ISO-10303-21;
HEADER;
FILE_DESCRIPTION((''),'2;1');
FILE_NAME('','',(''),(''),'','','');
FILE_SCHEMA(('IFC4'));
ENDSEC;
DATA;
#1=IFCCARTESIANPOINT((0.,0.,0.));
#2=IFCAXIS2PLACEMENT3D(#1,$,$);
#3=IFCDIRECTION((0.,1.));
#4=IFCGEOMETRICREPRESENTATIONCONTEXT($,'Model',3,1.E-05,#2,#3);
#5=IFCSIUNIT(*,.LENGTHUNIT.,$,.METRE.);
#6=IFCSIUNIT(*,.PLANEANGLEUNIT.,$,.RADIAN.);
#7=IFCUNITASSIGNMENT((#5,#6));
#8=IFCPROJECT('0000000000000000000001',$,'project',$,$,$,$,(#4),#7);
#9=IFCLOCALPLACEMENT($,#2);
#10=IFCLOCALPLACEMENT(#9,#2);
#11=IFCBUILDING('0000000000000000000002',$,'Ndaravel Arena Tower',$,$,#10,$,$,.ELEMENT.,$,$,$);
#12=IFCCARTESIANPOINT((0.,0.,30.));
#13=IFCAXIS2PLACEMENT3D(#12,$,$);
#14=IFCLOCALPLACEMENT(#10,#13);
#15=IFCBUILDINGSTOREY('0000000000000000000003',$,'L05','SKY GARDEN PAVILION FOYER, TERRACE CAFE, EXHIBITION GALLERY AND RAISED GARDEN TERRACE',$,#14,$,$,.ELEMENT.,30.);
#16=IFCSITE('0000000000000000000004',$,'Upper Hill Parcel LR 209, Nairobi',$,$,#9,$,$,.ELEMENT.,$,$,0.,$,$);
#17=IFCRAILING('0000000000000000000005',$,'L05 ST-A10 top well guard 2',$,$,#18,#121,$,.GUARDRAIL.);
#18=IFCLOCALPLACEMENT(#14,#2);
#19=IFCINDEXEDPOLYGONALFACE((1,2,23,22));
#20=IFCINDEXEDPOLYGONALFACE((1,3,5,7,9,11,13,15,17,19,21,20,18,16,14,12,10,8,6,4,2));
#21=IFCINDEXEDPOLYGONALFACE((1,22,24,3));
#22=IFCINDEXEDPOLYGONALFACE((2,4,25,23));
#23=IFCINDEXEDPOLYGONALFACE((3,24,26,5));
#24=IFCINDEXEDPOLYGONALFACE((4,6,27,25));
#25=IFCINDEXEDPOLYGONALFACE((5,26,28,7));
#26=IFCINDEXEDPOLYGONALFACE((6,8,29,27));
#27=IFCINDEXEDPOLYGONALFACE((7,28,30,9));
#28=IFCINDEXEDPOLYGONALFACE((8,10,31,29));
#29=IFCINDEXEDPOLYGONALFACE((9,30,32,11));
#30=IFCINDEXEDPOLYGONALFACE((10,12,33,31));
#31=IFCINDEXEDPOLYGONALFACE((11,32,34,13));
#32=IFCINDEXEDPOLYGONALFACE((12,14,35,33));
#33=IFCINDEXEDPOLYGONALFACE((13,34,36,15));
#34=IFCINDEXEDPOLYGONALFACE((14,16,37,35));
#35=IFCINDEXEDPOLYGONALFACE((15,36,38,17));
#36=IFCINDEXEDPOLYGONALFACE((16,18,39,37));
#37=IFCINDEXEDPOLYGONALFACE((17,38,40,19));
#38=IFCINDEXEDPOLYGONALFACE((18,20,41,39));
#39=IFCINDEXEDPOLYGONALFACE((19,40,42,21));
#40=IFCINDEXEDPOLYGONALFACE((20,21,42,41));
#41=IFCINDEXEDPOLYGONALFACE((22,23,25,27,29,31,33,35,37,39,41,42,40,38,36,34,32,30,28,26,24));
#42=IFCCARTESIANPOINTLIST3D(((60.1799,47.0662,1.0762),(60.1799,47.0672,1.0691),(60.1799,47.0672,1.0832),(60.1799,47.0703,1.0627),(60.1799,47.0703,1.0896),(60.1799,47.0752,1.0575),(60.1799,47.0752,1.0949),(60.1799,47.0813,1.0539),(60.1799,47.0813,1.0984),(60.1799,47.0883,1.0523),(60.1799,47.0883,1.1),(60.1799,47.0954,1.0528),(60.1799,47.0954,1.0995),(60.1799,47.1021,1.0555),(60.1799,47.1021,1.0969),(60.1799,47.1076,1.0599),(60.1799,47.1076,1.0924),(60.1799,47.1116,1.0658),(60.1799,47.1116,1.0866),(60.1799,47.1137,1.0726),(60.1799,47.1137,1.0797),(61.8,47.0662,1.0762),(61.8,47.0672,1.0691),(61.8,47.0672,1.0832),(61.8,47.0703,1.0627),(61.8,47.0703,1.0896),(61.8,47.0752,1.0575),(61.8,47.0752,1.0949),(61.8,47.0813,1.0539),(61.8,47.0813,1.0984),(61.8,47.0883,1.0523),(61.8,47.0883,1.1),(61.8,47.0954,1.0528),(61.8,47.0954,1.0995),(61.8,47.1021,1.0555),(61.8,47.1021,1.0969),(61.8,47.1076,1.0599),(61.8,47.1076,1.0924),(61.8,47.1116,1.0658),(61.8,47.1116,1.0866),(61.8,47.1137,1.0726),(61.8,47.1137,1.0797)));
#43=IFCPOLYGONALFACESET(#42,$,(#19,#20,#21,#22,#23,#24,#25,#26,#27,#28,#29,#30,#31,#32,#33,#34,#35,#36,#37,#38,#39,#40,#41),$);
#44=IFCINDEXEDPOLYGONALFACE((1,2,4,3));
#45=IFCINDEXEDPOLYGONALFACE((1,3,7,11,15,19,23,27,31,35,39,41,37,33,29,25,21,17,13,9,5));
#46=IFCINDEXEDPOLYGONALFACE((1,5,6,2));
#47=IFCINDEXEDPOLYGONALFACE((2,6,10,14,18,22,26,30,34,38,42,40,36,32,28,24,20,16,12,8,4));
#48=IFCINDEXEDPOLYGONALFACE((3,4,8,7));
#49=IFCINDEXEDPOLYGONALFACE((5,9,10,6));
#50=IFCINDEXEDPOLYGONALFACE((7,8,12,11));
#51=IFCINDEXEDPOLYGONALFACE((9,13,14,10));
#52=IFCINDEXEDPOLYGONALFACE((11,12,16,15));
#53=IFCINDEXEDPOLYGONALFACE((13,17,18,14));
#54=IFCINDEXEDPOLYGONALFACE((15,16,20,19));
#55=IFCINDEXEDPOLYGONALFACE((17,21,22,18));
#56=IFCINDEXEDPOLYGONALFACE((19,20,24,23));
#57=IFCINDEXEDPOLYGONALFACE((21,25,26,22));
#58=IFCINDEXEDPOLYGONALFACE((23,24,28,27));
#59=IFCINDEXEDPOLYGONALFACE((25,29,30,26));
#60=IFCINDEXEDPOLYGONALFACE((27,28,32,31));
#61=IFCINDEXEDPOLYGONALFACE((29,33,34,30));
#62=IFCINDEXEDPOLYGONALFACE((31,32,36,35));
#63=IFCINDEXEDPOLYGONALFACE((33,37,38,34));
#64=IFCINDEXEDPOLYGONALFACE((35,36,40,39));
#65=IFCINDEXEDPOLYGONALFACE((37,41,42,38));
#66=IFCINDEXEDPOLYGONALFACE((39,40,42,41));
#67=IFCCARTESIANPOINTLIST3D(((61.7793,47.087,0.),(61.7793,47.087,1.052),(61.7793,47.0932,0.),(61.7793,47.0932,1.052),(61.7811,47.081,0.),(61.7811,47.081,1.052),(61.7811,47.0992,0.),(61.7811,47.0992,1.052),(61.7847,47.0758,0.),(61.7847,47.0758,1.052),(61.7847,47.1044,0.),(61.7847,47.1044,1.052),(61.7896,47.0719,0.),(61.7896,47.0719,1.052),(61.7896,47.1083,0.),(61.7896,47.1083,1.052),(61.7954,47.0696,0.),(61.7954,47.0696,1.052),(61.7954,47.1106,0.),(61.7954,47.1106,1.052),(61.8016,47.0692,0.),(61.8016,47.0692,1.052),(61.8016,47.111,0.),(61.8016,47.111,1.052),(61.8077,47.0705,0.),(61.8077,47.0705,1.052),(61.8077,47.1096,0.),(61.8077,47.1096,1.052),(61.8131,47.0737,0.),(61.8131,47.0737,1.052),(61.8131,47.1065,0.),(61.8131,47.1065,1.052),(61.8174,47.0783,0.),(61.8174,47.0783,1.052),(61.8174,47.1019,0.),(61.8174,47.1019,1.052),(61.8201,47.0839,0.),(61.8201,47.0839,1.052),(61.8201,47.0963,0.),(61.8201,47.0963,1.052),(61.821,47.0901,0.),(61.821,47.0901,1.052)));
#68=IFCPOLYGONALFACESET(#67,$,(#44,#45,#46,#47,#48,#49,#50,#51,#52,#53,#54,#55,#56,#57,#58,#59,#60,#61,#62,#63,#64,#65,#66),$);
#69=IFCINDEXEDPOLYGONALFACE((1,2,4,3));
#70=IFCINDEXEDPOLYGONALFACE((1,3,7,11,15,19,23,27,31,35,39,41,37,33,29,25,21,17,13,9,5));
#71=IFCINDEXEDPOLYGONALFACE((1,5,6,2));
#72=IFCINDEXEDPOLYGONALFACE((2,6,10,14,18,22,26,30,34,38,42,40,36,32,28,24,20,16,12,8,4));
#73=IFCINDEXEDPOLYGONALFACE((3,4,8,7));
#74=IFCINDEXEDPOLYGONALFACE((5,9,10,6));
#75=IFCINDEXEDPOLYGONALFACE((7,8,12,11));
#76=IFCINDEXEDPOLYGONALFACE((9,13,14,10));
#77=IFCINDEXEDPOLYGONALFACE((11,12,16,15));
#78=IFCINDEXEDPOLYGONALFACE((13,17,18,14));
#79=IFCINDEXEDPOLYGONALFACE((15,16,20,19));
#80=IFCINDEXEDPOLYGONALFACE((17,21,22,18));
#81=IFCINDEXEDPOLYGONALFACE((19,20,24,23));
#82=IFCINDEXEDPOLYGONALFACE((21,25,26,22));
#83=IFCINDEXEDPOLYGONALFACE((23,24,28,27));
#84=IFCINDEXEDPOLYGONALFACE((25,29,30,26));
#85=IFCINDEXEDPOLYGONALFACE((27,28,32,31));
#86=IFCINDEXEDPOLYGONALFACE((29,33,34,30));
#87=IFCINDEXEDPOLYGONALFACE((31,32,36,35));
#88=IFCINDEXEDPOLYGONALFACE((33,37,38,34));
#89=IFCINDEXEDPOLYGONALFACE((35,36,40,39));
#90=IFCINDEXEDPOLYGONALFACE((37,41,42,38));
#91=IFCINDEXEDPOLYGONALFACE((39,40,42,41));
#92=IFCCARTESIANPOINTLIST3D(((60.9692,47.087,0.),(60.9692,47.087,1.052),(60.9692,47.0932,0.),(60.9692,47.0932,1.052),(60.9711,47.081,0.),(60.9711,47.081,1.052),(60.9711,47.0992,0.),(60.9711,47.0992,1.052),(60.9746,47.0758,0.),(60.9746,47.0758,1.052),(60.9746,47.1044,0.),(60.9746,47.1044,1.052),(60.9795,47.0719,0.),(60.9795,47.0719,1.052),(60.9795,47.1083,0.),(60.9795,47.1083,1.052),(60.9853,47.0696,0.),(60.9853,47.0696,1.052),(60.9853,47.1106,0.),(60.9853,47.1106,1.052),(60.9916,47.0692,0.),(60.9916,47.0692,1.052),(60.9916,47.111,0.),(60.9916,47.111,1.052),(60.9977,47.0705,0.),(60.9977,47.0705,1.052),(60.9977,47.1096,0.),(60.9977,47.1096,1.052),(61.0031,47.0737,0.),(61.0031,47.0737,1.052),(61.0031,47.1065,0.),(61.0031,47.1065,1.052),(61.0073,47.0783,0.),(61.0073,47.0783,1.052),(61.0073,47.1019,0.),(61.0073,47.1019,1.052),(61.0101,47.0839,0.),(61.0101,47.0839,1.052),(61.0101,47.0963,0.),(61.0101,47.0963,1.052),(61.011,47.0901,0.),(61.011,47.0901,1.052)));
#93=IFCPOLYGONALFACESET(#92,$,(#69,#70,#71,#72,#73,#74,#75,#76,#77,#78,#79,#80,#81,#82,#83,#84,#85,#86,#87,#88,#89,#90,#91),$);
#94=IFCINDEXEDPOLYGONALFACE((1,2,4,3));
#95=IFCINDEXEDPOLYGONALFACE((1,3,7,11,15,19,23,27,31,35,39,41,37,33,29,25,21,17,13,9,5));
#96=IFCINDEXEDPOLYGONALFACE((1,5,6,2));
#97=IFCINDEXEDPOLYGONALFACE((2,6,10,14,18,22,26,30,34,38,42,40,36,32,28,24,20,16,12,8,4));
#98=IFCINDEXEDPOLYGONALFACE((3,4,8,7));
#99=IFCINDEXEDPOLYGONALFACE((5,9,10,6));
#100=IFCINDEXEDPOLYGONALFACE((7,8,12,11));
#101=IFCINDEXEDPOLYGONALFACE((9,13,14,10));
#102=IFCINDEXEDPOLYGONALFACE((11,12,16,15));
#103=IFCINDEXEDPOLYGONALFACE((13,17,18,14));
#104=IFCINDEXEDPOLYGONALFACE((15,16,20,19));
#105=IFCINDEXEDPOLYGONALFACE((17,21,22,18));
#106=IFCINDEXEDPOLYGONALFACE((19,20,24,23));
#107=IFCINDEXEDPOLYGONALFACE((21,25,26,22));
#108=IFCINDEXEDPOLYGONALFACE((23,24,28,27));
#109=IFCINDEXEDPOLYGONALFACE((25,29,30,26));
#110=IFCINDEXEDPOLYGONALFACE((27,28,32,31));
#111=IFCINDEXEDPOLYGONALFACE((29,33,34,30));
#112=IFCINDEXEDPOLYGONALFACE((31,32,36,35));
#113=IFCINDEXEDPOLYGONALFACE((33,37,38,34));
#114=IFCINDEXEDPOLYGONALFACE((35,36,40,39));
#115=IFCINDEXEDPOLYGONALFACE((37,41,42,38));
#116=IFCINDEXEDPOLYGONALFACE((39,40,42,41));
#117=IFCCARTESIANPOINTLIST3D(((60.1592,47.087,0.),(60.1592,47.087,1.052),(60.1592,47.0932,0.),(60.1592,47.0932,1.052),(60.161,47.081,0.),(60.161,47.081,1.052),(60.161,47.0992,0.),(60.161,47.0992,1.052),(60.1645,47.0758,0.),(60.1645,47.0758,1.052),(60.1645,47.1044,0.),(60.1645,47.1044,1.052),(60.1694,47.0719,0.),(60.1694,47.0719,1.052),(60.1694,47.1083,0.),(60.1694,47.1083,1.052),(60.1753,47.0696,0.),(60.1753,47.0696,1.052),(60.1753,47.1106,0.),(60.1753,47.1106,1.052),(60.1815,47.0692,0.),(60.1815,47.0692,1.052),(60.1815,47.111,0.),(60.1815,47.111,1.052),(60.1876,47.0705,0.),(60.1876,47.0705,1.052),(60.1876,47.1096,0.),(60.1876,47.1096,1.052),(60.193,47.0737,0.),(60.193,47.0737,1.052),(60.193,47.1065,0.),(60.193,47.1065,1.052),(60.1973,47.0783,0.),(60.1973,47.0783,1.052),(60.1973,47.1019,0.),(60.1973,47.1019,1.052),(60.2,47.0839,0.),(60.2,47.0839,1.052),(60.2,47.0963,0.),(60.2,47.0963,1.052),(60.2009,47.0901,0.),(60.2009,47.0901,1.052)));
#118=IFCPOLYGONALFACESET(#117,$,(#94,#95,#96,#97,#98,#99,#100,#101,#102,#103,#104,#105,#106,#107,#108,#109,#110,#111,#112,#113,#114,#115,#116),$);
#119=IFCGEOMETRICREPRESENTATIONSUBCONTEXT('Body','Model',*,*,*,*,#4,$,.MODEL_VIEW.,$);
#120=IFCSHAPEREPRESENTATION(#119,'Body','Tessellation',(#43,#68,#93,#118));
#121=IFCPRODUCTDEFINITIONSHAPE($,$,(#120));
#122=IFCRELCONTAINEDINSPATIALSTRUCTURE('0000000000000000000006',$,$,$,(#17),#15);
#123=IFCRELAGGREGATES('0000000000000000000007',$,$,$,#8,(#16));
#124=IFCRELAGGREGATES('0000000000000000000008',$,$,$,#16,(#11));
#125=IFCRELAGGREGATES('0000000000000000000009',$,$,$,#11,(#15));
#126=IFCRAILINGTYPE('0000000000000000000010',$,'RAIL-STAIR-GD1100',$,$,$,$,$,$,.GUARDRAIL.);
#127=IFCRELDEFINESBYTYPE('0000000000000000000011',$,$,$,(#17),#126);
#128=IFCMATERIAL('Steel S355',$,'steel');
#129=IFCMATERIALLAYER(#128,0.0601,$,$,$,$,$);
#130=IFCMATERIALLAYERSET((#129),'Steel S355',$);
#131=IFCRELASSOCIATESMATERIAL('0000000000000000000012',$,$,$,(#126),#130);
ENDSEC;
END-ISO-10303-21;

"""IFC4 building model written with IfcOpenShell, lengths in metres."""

from ifc_helpers import new_model, si_unit, direction, frame, origin, origin_2d, place, context, subcontext, project, spatial, circle, extrude, material, layer, layer_set, type_object, element, save


model = new_model("IFC4")

# Units and contexts
model_context = context("Model", 3, precision=1e-05, world=origin(), true_north=direction((0.0, 1.0)))
body_context = subcontext(model_context, "Body", "Model", "MODEL_VIEW")
ifc_project = project(units=[si_unit("LENGTHUNIT", "METRE"), si_unit("PLANEANGLEUNIT", "RADIAN")], contexts=[model_context])

# Site, building, storey
site_placement = place(None, origin())
site = spatial("IfcSite", under=ifc_project, at=site_placement, Name="Upper Hill Parcel LR 209, Nairobi", CompositionType="ELEMENT", RefElevation=0.0)
building_placement = place(site_placement, origin())
building = spatial("IfcBuilding", under=site, at=building_placement, Name="Ndaravel Arena Tower", CompositionType="ELEMENT")
storey_placement = place(building_placement, frame((0.0, 0.0, 30.0)))
storey = spatial("IfcBuildingStorey", under=building, at=storey_placement, Name="L05", Description="SKY GARDEN PAVILION FOYER, TERRACE CAFE, EXHIBITION GALLERY AND RAISED GARDEN TERRACE", CompositionType="ELEMENT", Elevation=30.0)

# Railing
ifc_material_1 = material(Name="Steel S355", Category="steel")
ifc_layer_1 = layer(ifc_material_1, 0.0601)
ifc_layer_set_1 = layer_set([ifc_layer_1], Name="Steel S355")
railing_type_1 = type_object("IfcRailingType", Name="RAIL-STAIR-GD1100", PredefinedType="GUARDRAIL", material=ifc_layer_set_1)
for number, where, name in (
    (1, (61.8, 47.0901, 0.0), "L05 ST-A10 top well guard 2"),
):
    element("IfcRailing", number, at=place(storey_placement, frame(where)), inside=storey, type_object=railing_type_1, Name=name, PredefinedType="GUARDRAIL", context=body_context, shape_type="SweptSolid", body=[
        extrude(circle(Radius=0.0239, at=origin_2d()), frame((0.0, 0.0, 1.0762), z_axis=(-1.0, 0.0, 0.0), x_axis=(0.0, -1.0, 0.0)), (0.0, 0.0, 1.0), 1.6201),
        extrude(circle(Radius=0.021, at=origin_2d()), origin(), (0.0, 0.0, 1.0), 1.052),
        extrude(circle(Radius=0.021, at=origin_2d()), frame((-0.8101, 0.0, 0.0)), (0.0, 0.0, 1.0), 1.052),
        extrude(circle(Radius=0.021, at=origin_2d()), frame((-1.6201, 0.0, 0.0)), (0.0, 0.0, 1.0), 1.052),
    ])

save(model, "model.ifc")
